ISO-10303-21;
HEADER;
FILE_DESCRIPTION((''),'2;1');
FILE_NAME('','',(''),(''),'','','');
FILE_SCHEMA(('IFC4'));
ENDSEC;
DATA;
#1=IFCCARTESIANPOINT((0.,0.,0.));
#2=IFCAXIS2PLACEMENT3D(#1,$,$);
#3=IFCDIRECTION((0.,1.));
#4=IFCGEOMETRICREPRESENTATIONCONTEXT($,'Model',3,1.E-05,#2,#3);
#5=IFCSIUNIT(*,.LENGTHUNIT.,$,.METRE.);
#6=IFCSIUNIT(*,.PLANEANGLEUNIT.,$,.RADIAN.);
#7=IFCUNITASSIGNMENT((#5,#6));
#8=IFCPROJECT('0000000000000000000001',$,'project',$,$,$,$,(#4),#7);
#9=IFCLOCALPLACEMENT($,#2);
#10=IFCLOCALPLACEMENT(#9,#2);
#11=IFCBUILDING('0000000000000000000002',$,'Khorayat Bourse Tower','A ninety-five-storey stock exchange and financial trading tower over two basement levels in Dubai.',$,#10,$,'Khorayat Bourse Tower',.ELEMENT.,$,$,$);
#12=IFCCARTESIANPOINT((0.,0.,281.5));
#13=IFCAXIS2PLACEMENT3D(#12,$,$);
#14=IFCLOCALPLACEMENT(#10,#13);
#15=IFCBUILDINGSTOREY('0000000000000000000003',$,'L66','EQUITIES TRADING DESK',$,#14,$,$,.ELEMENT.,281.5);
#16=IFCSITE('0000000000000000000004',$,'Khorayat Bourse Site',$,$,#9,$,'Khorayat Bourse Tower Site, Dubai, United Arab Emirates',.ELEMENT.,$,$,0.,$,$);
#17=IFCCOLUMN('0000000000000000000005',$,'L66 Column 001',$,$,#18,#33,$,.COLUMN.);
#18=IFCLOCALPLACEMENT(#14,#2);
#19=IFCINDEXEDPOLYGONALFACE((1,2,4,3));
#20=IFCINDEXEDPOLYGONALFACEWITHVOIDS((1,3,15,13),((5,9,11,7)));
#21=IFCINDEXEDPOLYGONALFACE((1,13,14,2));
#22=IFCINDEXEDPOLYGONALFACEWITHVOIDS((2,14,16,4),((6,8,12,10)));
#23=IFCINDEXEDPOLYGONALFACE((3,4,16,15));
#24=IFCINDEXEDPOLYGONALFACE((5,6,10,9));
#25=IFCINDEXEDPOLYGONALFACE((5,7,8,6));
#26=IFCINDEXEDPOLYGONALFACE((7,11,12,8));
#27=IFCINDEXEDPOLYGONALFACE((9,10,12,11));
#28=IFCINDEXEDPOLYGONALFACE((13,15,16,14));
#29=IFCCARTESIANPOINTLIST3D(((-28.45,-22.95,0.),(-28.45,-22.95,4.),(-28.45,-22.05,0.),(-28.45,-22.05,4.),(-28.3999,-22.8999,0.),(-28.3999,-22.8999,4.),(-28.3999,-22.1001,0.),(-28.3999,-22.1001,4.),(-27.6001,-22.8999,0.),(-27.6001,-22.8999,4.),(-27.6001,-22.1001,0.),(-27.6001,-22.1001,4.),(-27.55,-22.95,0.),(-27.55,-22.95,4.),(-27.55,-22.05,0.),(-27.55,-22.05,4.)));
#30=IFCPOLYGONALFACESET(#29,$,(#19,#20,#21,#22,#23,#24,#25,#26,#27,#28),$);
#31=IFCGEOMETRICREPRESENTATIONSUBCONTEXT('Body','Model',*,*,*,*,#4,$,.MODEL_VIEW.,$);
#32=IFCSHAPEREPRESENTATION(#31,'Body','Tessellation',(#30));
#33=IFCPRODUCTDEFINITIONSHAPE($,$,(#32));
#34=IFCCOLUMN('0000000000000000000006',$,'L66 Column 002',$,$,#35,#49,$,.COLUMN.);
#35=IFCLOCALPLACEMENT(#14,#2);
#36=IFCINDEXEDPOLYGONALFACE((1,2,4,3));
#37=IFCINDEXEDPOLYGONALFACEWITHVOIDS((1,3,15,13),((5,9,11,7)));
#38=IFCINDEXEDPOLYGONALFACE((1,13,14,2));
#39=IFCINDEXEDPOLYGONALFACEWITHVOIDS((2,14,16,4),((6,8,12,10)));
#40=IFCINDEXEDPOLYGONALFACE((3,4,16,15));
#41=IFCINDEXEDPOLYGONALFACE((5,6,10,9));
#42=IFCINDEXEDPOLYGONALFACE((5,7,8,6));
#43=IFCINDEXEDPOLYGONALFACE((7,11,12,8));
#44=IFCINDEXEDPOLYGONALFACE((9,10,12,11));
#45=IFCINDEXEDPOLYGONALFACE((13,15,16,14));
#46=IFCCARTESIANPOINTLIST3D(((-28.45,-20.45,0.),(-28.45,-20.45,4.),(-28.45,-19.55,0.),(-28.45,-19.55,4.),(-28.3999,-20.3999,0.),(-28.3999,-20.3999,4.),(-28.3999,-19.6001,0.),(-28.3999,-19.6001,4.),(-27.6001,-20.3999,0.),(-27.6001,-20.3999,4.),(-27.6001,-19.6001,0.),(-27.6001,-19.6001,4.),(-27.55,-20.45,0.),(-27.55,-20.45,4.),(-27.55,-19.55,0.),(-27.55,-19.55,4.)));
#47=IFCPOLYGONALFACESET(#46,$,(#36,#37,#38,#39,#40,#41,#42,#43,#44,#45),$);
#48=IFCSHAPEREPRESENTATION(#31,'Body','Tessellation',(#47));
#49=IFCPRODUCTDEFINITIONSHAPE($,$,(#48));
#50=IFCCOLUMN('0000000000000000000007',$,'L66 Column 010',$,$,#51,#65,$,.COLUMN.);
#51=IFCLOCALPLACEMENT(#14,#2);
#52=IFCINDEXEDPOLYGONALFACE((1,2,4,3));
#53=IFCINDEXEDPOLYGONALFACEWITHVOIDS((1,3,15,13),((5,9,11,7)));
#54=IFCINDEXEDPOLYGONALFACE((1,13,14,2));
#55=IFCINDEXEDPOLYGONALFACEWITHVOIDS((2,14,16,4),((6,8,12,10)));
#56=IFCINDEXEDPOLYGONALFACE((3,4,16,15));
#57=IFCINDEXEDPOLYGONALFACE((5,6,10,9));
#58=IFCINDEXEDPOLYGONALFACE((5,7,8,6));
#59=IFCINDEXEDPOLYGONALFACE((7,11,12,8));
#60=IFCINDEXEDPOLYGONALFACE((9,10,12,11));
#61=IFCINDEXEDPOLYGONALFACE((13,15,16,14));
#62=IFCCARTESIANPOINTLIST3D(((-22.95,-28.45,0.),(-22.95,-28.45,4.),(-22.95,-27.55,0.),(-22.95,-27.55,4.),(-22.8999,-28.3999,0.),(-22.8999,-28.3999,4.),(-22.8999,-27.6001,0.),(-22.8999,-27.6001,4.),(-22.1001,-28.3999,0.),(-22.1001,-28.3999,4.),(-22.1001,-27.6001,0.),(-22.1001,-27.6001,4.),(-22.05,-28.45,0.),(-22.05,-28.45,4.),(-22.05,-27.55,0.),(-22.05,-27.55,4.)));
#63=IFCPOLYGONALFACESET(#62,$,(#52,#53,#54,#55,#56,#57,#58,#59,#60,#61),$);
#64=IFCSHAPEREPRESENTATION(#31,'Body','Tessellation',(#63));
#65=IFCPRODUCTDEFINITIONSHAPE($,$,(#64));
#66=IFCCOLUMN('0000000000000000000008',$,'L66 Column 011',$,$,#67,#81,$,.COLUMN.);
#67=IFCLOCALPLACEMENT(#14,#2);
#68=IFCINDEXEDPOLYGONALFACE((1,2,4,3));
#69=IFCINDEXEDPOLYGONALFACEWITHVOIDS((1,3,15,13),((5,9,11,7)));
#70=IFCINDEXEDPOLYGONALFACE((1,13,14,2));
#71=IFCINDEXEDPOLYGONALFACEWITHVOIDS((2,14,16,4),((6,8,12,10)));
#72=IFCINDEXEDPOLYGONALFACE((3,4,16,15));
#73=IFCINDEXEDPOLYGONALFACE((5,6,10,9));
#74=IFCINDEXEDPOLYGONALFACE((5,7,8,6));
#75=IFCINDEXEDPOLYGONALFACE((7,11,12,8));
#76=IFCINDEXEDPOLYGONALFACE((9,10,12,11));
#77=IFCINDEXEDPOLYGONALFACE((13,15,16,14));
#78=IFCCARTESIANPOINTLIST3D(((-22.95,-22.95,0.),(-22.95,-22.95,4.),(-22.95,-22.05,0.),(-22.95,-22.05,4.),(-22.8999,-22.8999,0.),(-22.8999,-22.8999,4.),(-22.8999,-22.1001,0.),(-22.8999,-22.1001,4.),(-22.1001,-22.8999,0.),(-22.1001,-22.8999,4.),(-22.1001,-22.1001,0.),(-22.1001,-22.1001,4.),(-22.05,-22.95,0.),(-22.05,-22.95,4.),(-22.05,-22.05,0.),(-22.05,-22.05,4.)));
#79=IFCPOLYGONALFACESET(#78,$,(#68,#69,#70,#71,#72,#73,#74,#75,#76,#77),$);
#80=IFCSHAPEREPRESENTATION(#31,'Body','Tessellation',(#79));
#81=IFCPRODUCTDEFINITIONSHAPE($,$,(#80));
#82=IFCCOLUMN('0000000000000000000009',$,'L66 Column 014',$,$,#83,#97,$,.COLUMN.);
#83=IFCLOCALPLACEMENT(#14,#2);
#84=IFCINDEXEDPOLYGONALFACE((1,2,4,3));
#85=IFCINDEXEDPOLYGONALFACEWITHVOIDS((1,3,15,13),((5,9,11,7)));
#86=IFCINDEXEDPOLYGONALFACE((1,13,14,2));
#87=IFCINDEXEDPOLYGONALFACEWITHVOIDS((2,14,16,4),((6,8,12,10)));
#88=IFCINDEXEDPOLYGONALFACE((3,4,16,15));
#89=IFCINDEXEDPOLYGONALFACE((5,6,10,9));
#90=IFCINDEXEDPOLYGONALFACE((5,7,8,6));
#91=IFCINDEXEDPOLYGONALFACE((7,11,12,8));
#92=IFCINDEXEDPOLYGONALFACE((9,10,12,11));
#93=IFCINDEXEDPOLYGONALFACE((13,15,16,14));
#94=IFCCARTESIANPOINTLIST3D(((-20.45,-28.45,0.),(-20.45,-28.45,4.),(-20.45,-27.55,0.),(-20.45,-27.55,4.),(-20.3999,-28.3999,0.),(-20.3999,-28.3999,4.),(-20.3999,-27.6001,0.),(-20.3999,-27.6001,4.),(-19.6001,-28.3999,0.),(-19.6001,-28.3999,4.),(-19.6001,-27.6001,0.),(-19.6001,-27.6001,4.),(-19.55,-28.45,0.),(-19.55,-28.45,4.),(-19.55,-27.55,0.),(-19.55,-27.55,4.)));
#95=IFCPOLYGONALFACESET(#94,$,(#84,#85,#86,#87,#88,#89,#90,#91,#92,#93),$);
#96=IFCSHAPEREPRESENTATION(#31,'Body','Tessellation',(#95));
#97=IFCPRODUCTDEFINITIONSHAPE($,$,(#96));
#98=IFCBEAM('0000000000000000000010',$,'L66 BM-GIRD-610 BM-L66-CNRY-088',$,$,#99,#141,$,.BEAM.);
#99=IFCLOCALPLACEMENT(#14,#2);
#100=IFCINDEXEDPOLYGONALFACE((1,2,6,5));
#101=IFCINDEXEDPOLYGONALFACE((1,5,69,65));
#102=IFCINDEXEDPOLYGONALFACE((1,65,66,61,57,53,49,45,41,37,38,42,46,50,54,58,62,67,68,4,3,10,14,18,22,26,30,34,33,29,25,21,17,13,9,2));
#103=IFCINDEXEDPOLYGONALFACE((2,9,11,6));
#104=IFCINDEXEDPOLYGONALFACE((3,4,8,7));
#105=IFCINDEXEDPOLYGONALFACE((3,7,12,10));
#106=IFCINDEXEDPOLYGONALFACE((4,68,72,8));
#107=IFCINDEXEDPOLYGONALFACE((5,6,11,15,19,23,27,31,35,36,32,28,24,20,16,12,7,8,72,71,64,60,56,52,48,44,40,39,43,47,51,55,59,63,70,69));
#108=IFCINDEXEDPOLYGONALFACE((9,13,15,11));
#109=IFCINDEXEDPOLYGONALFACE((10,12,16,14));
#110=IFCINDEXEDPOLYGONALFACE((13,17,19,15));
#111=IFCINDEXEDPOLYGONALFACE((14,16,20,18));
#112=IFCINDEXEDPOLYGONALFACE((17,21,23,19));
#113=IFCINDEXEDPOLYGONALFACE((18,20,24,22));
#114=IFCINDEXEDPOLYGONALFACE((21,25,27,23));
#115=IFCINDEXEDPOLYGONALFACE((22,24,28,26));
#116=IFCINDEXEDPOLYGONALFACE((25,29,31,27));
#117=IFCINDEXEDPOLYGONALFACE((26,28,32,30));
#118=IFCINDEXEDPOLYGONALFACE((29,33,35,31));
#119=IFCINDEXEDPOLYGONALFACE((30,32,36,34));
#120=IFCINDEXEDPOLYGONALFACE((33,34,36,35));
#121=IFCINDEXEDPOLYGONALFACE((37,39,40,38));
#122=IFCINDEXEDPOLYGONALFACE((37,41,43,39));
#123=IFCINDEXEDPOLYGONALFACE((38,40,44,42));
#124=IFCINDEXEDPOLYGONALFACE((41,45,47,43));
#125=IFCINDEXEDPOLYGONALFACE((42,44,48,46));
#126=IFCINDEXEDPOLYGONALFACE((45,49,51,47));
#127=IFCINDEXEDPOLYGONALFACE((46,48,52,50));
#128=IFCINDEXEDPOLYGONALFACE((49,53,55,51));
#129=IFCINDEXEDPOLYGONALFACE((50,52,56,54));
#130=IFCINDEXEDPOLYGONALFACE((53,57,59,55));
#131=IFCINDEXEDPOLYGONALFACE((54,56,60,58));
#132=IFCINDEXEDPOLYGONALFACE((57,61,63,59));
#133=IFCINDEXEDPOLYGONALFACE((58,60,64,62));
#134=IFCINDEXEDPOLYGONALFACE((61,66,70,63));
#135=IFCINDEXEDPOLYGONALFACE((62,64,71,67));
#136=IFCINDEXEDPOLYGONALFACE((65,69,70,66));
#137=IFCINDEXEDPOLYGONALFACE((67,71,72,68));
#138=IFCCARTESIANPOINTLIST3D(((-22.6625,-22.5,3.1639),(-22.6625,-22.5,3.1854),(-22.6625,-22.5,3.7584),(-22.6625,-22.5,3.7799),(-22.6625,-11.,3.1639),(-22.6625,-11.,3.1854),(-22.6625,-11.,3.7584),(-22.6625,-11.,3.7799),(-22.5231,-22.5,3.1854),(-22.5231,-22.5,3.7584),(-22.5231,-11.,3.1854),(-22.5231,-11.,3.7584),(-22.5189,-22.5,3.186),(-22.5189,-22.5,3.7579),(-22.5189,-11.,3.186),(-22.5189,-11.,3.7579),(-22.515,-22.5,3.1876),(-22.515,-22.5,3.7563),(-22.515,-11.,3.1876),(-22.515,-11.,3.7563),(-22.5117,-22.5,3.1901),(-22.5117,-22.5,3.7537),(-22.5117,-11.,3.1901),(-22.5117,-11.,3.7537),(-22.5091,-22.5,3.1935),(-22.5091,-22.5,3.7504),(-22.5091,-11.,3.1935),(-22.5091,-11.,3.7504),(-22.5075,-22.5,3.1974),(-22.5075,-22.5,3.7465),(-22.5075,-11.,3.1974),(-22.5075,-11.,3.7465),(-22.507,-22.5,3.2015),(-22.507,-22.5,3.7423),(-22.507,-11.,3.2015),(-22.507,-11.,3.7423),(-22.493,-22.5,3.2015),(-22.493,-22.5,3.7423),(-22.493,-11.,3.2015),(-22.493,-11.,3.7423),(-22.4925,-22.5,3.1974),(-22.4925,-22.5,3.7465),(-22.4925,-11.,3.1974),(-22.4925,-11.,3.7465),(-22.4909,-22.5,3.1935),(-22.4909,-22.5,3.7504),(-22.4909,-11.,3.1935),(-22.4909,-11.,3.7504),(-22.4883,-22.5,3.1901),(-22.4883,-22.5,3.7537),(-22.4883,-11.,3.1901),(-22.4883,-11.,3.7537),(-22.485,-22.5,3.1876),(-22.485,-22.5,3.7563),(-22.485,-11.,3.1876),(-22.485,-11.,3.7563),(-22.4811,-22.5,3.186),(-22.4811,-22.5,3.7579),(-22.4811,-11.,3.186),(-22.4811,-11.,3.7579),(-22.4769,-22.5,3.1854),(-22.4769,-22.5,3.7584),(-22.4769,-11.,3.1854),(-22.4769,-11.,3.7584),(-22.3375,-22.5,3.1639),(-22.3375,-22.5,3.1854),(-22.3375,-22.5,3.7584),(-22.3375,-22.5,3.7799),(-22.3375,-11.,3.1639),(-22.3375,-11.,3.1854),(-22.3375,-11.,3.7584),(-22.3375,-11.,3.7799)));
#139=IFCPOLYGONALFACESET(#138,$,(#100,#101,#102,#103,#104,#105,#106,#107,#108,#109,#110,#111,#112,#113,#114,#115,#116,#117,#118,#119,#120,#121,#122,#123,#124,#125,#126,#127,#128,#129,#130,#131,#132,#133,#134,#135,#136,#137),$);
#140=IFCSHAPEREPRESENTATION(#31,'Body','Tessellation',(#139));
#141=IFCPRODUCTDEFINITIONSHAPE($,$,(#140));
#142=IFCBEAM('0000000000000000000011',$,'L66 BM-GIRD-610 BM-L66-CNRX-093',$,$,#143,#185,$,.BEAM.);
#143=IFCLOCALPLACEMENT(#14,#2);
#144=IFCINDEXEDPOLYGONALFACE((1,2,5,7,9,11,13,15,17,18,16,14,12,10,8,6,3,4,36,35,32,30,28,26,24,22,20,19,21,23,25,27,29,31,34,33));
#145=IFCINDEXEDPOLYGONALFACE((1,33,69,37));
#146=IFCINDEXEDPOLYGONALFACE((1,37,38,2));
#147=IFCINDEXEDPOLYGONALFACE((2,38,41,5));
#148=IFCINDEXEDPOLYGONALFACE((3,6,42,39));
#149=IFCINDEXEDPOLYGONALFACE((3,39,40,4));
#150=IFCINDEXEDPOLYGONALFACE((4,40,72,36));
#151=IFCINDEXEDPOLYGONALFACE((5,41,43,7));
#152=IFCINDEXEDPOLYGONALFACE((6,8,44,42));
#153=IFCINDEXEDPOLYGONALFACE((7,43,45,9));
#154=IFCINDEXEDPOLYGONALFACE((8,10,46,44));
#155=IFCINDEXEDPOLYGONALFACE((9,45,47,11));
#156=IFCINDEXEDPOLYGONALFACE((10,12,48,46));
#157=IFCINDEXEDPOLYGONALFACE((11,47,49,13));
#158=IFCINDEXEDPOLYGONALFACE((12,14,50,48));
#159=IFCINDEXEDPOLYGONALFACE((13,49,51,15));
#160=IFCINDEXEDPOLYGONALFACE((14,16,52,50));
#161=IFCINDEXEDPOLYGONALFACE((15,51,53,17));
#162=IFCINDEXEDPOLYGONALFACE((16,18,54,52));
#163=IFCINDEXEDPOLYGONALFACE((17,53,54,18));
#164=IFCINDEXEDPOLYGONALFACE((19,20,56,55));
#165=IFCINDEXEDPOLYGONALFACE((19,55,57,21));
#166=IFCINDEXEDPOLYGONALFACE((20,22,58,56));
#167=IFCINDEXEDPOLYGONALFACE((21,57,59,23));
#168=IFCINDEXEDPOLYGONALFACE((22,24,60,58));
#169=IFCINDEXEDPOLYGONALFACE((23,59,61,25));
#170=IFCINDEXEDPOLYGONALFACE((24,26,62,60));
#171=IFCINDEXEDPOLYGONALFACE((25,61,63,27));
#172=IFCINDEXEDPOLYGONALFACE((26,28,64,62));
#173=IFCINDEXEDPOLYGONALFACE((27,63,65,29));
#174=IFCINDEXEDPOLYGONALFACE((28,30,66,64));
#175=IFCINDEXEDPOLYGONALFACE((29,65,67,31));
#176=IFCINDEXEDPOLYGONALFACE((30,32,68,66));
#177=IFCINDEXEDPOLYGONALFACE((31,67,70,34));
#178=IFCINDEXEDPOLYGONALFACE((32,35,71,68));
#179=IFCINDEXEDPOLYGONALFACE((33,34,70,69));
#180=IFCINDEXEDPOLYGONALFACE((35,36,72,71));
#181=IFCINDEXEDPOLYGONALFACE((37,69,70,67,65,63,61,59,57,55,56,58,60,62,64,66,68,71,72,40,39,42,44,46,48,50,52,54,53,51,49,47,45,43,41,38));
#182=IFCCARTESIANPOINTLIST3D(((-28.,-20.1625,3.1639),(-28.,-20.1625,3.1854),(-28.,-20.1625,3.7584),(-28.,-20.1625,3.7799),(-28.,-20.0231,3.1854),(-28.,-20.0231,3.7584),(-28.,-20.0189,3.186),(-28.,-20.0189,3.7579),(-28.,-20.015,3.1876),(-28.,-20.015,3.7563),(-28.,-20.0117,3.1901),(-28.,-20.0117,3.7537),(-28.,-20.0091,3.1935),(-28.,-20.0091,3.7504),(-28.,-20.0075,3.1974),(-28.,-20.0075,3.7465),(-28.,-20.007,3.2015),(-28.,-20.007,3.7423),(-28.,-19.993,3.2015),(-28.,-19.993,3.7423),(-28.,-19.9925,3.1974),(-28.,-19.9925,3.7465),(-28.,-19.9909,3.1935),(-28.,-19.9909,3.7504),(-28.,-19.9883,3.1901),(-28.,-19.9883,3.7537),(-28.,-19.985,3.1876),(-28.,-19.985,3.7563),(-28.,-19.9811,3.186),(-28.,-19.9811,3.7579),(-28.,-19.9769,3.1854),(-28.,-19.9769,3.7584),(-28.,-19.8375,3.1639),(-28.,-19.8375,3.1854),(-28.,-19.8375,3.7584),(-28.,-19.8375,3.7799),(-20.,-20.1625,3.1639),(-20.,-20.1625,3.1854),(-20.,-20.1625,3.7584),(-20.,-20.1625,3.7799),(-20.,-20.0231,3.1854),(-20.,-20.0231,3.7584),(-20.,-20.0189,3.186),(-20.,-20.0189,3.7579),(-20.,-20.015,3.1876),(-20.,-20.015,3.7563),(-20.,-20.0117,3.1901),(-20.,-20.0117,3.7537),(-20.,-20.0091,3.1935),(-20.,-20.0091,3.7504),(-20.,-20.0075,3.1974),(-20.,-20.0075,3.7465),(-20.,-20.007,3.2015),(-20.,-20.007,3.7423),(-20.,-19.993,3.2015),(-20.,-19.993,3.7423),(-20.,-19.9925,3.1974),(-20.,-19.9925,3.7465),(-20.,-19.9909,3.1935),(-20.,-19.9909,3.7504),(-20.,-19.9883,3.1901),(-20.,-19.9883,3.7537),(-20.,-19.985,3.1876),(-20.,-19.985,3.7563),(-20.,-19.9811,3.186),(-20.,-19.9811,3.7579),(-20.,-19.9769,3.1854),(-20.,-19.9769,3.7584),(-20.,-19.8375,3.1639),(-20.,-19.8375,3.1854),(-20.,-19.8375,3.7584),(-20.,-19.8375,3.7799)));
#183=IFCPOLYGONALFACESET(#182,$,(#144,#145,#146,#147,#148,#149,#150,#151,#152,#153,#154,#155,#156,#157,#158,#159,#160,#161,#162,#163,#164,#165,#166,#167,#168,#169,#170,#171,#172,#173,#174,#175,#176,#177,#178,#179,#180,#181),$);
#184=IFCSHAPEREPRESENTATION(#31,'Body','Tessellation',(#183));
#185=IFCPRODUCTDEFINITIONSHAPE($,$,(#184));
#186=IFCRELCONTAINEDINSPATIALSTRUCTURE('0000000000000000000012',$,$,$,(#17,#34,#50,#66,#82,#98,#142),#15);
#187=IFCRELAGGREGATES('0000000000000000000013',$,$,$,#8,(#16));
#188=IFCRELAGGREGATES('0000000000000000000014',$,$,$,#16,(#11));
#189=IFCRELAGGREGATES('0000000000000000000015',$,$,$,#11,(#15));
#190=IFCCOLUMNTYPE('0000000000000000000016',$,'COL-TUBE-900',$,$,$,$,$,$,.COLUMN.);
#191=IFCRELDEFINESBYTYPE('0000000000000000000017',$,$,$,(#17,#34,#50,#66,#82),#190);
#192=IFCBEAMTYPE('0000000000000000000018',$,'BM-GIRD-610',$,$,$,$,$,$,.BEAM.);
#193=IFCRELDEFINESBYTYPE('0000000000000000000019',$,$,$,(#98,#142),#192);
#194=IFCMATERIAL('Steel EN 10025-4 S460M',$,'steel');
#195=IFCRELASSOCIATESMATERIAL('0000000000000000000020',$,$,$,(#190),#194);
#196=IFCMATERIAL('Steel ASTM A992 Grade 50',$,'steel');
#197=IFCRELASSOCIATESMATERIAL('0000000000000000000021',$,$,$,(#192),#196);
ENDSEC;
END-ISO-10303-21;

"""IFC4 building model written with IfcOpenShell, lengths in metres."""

from ifc_helpers import new_model, si_unit, direction, frame, origin, origin_2d, place, context, subcontext, project, spatial, hollow_rectangle, i_section, extrude, source, transform, mapped, material, material_profile, profile_set, type_object, element, save


model = new_model("IFC4")

# Units and contexts
model_context = context("Model", 3, precision=1e-05, world=origin(), true_north=direction((0.0, 1.0)))
body_context = subcontext(model_context, "Body", "Model", "MODEL_VIEW")
ifc_project = project(units=[si_unit("LENGTHUNIT", "METRE"), si_unit("PLANEANGLEUNIT", "RADIAN")], contexts=[model_context])

# Site, building, storey
site_placement = place(None, origin())
site = spatial("IfcSite", under=ifc_project, at=site_placement, Name="Khorayat Bourse Site", LongName="Khorayat Bourse Tower Site, Dubai, United Arab Emirates", CompositionType="ELEMENT", RefElevation=0.0)
building_placement = place(site_placement, origin())
building = spatial("IfcBuilding", under=site, at=building_placement, Name="Khorayat Bourse Tower", Description="A ninety-five-storey stock exchange and financial trading tower over two basement levels in Dubai.", LongName="Khorayat Bourse Tower", CompositionType="ELEMENT")
storey_placement = place(building_placement, frame((0.0, 0.0, 281.5)))
storey = spatial("IfcBuildingStorey", under=building, at=storey_placement, Name="L66", Description="EQUITIES TRADING DESK", CompositionType="ELEMENT", Elevation=281.5)

# Columns
ifc_material_1 = material(Name="Steel EN 10025-4 S460M", Category="steel")
ifc_material_profile_1 = material_profile(ifc_material_1, hollow_rectangle(XDim=0.8999, YDim=0.8999, WallThickness=0.05, at=origin_2d()), Name="BOX 900x900x50")
ifc_profile_set_1 = profile_set([ifc_material_profile_1], Name="Steel EN 10025-4 S460M")
column_type = type_object("IfcColumnType", Name="COL-TUBE-900", PredefinedType="COLUMN", material=ifc_profile_set_1)
shared_shape_1 = source(origin(), body_context, "Body", "SweptSolid", [
    extrude(hollow_rectangle(XDim=0.8999, YDim=0.8999, WallThickness=0.05, at=origin_2d()), origin(), (0.0, 0.0, 1.0), 4.0),
])
for number, where, z_axis, x_axis, name in (
    (1, (-28.0, -22.5, 0.0), (0.0, 0.0, 1.0), (1.0, 0.0, 0.0), "L66 Column 001"),
    (2, (-28.0, -20.0, 0.0), (0.0, 0.0, 1.0), (1.0, 0.0, 0.0), "L66 Column 002"),
    (3, (-22.5, -28.0, 0.0), (0.0, 0.0, 1.0), (1.0, 0.0, 0.0), "L66 Column 010"),
    (4, (-22.5, -22.5, 0.0), (0.0, 0.0, 1.0), (1.0, 0.0, 0.0), "L66 Column 011"),
    (5, (-20.0, -28.0, 0.0), (0.0, 0.0, 1.0), (1.0, 0.0, 0.0), "L66 Column 014"),
):
    element("IfcColumn", number, at=place(storey_placement, frame(where, z_axis=z_axis, x_axis=x_axis)), inside=storey, type_object=column_type, Name=name, PredefinedType="COLUMN", context=body_context, shape_type="MappedRepresentation", body=[
        mapped(shared_shape_1, transform((0.0, 0.0, 0.0), scale=1.0)),
    ])

# Beams
ifc_material_2 = material(Name="Steel ASTM A992 Grade 50", Category="steel")
ifc_material_profile_2 = material_profile(ifc_material_2, i_section(OverallWidth=0.325, OverallDepth=0.616, WebThickness=0.0139, FlangeThickness=0.0215, FilletRadius=0.0161, at=origin_2d()), Name="W610X174")
ifc_profile_set_2 = profile_set([ifc_material_profile_2], Name="Steel ASTM A992 Grade 50")
beam_type_1 = type_object("IfcBeamType", Name="BM-GIRD-610", PredefinedType="BEAM", material=ifc_profile_set_2)
shared_shape_2 = source(origin(), body_context, "Body", "SweptSolid", [
    extrude(i_section(OverallWidth=0.325, OverallDepth=0.616, WebThickness=0.0139, FlangeThickness=0.0215, FilletRadius=0.0161, at=origin_2d()), origin(), (0.0, 0.0, 1.0), 11.5),
])
beam_1_placement = place(storey_placement, frame((-22.5, -22.5, 3.4719), z_axis=(0.0, 1.0, 0.0), x_axis=(-1.0, 0.0, 0.0)))
element("IfcBeam", 6, at=beam_1_placement, inside=storey, type_object=beam_type_1, Name="L66 BM-GIRD-610 BM-L66-CNRY-088", PredefinedType="BEAM", context=body_context, shape_type="MappedRepresentation", body=[
    mapped(shared_shape_2, transform((0.0, 0.0, 0.0), scale=1.0)),
])
shared_shape_3 = source(origin(), body_context, "Body", "SweptSolid", [
    extrude(i_section(OverallWidth=0.325, OverallDepth=0.616, WebThickness=0.0139, FlangeThickness=0.0215, FilletRadius=0.0161, at=origin_2d()), origin(), (0.0, 0.0, 1.0), 8.0),
])
beam_2_placement = place(storey_placement, frame((-28.0, -20.0, 3.4719), z_axis=(1.0, 0.0, 0.0), x_axis=(0.0, 1.0, 0.0)))
element("IfcBeam", 7, at=beam_2_placement, inside=storey, type_object=beam_type_1, Name="L66 BM-GIRD-610 BM-L66-CNRX-093", PredefinedType="BEAM", context=body_context, shape_type="MappedRepresentation", body=[
    mapped(shared_shape_3, transform((0.0, 0.0, 0.0), scale=1.0)),
])

save(model, "model.ifc")
